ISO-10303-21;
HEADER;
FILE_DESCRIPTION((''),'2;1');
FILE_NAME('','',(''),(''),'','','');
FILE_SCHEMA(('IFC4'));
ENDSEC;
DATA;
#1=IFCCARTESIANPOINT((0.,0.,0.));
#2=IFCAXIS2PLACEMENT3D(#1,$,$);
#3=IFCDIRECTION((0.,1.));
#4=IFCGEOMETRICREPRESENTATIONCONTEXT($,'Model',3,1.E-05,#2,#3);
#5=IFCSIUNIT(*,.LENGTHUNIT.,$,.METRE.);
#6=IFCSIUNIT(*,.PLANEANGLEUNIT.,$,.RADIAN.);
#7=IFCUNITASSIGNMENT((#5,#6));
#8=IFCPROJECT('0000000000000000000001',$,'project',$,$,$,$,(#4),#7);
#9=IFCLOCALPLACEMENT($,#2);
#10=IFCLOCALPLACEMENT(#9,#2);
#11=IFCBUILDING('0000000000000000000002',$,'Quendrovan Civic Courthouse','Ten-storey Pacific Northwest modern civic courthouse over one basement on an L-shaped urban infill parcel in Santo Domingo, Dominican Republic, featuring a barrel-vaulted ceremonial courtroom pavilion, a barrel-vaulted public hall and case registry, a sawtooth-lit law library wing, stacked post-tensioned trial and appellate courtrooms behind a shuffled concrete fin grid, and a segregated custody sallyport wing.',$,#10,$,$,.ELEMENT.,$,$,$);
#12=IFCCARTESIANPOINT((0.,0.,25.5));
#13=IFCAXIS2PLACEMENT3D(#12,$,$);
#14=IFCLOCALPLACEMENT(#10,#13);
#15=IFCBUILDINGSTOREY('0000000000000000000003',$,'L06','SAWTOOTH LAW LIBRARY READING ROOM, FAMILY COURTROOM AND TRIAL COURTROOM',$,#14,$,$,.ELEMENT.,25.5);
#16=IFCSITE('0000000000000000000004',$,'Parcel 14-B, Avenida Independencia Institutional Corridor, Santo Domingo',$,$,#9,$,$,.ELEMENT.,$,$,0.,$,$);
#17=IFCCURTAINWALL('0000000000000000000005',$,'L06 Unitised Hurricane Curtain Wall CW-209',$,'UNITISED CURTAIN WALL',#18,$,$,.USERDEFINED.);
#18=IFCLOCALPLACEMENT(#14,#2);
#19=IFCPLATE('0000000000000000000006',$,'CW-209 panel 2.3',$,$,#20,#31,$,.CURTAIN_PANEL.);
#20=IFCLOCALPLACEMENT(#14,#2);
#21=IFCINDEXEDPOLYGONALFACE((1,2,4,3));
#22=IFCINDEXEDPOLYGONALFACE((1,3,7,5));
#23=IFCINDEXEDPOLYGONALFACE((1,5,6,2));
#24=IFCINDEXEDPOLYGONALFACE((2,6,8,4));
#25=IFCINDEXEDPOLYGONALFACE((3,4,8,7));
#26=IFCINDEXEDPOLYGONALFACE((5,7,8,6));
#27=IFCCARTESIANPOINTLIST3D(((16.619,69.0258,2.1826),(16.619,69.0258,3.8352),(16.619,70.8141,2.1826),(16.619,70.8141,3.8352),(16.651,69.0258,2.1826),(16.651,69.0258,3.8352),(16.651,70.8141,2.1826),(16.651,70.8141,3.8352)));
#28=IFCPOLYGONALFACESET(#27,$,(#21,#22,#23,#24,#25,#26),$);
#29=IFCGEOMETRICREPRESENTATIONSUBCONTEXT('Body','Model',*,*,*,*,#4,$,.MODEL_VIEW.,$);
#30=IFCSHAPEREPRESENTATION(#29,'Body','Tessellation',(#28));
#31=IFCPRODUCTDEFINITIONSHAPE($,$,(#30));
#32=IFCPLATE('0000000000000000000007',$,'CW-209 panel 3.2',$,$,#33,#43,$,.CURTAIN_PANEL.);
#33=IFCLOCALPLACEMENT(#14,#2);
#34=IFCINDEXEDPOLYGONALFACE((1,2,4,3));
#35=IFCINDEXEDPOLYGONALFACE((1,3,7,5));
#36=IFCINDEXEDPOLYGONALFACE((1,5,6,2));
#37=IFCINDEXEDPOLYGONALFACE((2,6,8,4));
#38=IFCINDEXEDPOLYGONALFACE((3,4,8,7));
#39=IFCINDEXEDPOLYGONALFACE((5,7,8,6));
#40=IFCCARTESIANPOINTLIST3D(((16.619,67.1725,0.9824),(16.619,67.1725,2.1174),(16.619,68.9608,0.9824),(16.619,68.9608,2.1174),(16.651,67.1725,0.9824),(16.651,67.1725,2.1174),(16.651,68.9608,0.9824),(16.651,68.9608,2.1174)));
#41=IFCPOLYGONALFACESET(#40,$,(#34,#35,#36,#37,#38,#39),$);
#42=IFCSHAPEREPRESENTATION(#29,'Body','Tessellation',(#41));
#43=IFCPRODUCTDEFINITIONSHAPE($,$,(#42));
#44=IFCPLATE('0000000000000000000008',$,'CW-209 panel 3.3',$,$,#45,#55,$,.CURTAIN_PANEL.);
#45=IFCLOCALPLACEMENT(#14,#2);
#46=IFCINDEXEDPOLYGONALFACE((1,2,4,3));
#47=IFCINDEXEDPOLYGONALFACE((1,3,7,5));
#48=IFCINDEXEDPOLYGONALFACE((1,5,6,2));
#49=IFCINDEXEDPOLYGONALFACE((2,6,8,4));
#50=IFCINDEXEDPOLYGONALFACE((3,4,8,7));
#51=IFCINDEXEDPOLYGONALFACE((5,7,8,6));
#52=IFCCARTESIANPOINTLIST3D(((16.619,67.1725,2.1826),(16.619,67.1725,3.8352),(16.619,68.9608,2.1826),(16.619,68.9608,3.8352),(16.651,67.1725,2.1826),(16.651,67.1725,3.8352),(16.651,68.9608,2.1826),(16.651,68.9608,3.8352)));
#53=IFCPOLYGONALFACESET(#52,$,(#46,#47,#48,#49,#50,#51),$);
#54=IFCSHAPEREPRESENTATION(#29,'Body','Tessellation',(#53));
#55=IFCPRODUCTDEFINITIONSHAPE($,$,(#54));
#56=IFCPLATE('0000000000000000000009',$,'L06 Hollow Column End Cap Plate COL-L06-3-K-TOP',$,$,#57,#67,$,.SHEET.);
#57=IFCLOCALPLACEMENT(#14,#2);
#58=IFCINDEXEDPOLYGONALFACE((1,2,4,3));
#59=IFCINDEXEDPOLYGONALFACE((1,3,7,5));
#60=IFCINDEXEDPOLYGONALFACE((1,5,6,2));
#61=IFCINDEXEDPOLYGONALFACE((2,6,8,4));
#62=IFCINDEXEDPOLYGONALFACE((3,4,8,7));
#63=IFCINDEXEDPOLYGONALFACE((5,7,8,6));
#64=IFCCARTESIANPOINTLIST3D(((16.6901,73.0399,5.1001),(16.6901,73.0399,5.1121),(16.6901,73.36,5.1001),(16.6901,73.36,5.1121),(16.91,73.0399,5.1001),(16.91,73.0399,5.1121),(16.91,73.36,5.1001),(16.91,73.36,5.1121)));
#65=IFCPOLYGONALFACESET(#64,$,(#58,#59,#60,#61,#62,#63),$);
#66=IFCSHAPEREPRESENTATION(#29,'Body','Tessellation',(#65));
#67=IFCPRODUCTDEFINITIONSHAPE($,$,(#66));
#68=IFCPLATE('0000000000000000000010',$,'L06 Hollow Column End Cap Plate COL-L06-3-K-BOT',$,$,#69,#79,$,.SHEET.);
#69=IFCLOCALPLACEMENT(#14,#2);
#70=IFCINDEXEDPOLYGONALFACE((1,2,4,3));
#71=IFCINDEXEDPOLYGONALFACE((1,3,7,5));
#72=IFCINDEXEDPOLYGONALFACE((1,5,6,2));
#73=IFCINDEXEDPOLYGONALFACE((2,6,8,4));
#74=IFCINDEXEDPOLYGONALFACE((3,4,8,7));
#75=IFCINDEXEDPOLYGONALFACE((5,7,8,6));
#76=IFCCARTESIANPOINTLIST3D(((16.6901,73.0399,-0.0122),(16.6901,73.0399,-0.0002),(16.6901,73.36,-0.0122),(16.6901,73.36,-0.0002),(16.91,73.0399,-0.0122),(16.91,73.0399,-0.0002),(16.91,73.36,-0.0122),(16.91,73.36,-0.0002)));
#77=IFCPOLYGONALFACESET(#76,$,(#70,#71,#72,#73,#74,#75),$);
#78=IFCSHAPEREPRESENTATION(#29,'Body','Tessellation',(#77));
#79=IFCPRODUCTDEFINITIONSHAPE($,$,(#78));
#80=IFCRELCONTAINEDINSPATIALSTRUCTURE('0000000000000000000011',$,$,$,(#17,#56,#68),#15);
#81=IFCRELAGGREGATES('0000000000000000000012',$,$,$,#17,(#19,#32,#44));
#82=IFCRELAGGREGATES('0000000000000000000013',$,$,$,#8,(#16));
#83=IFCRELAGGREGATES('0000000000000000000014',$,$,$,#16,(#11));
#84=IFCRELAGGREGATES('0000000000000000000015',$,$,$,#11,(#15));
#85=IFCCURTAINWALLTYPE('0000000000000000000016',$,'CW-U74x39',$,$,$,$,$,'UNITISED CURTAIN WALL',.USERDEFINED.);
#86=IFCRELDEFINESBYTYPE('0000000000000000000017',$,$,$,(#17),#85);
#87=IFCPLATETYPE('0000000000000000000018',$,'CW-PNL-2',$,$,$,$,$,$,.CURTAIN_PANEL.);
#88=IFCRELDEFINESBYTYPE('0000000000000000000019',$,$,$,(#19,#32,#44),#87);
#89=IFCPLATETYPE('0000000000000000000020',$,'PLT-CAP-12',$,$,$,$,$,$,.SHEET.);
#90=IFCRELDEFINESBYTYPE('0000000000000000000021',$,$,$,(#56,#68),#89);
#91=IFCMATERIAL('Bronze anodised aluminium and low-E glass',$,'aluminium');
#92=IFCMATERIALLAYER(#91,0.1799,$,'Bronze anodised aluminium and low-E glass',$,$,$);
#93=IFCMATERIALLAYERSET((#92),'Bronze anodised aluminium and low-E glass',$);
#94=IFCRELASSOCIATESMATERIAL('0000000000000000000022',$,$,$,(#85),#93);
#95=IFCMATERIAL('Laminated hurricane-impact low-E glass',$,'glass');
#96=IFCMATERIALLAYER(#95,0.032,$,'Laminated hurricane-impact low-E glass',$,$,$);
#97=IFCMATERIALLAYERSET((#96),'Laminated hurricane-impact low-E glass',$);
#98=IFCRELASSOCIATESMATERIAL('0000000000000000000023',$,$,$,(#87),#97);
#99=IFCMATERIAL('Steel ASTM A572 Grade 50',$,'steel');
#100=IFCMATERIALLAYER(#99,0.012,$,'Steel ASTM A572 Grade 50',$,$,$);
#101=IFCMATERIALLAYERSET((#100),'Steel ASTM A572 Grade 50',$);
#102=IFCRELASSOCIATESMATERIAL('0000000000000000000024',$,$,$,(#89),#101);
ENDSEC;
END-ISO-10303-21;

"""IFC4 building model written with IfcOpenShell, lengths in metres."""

from ifc_helpers import new_model, si_unit, direction, frame, origin, origin_2d, place, context, subcontext, project, spatial, rectangle, extrude, material, layer, layer_set, type_object, element, aggregate, save


model = new_model("IFC4")

# Units and contexts
model_context = context("Model", 3, precision=1e-05, world=origin(), true_north=direction((0.0, 1.0)))
body_context = subcontext(model_context, "Body", "Model", "MODEL_VIEW")
ifc_project = project(units=[si_unit("LENGTHUNIT", "METRE"), si_unit("PLANEANGLEUNIT", "RADIAN")], contexts=[model_context])

# Site, building, storey
site_placement = place(None, origin())
site = spatial("IfcSite", under=ifc_project, at=site_placement, Name="Parcel 14-B, Avenida Independencia Institutional Corridor, Santo Domingo", CompositionType="ELEMENT", RefElevation=0.0)
building_placement = place(site_placement, origin())
building = spatial("IfcBuilding", under=site, at=building_placement, Name="Quendrovan Civic Courthouse", Description="Ten-storey Pacific Northwest modern civic courthouse over one basement on an L-shaped urban infill parcel in Santo Domingo, Dominican Republic, featuring a barrel-vaulted ceremonial courtroom pavilion, a barrel-vaulted public hall and case registry, a sawtooth-lit law library wing, stacked post-tensioned trial and appellate courtrooms behind a shuffled concrete fin grid, and a segregated custody sallyport wing.", CompositionType="ELEMENT")
storey_placement = place(building_placement, frame((0.0, 0.0, 25.5)))
storey = spatial("IfcBuildingStorey", under=building, at=storey_placement, Name="L06", Description="SAWTOOTH LAW LIBRARY READING ROOM, FAMILY COURTROOM AND TRIAL COURTROOM", CompositionType="ELEMENT", Elevation=25.5)

# Curtain wall, plates
ifc_material_1 = material(Name="Bronze anodised aluminium and low-E glass", Category="aluminium")
ifc_layer_1 = layer(ifc_material_1, 0.1799, Name="Bronze anodised aluminium and low-E glass")
ifc_layer_set_1 = layer_set([ifc_layer_1], Name="Bronze anodised aluminium and low-E glass")
curtain_wall_type = type_object("IfcCurtainWallType", Name="CW-U74x39", ElementType="UNITISED CURTAIN WALL", PredefinedType="USERDEFINED", material=ifc_layer_set_1)
curtain_wall_placement = place(storey_placement, origin())
curtain_wall = element("IfcCurtainWall", 1, at=curtain_wall_placement, inside=storey, type_object=curtain_wall_type, Name="L06 Unitised Hurricane Curtain Wall CW-209", ObjectType="UNITISED CURTAIN WALL", PredefinedType="USERDEFINED")
ifc_material_2 = material(Name="Laminated hurricane-impact low-E glass", Category="glass")
ifc_layer_2 = layer(ifc_material_2, 0.032, Name="Laminated hurricane-impact low-E glass")
ifc_layer_set_2 = layer_set([ifc_layer_2], Name="Laminated hurricane-impact low-E glass")
plate_type_1 = type_object("IfcPlateType", Name="CW-PNL-2", PredefinedType="CURTAIN_PANEL", material=ifc_layer_set_2)
plate_1_placement = place(storey_placement, frame((16.635, 69.9199, 2.1826), z_axis=(0.0, 0.0, 1.0), x_axis=(0.0, -1.0, 0.0)))
plate_1 = element("IfcPlate", 2, at=plate_1_placement, type_object=plate_type_1, Name="CW-209 panel 2.3", PredefinedType="CURTAIN_PANEL", context=body_context, shape_type="SweptSolid", body=[
    extrude(rectangle(XDim=1.7883, YDim=0.032, at=origin_2d()), origin(), (0.0, 0.0, 1.0), 1.6526),
])
plate_2_placement = place(storey_placement, frame((16.635, 68.0667, 0.9824), z_axis=(0.0, 0.0, 1.0), x_axis=(0.0, -1.0, 0.0)))
plate_2 = element("IfcPlate", 3, at=plate_2_placement, type_object=plate_type_1, Name="CW-209 panel 3.2", PredefinedType="CURTAIN_PANEL", context=body_context, shape_type="SweptSolid", body=[
    extrude(rectangle(XDim=1.7883, YDim=0.032, at=origin_2d()), origin(), (0.0, 0.0, 1.0), 1.135),
])
plate_3_placement = place(storey_placement, frame((16.635, 68.0667, 2.1826), z_axis=(0.0, 0.0, 1.0), x_axis=(0.0, -1.0, 0.0)))
plate_3 = element("IfcPlate", 4, at=plate_3_placement, type_object=plate_type_1, Name="CW-209 panel 3.3", PredefinedType="CURTAIN_PANEL", context=body_context, shape_type="SweptSolid", body=[
    extrude(rectangle(XDim=1.7883, YDim=0.032, at=origin_2d()), origin(), (0.0, 0.0, 1.0), 1.6526),
])
aggregate(curtain_wall, [plate_1, plate_2, plate_3])

# Plates
ifc_material_3 = material(Name="Steel ASTM A572 Grade 50", Category="steel")
ifc_layer_3 = layer(ifc_material_3, 0.012, Name="Steel ASTM A572 Grade 50")
ifc_layer_set_3 = layer_set([ifc_layer_3], Name="Steel ASTM A572 Grade 50")
plate_type_2 = type_object("IfcPlateType", Name="PLT-CAP-12", PredefinedType="SHEET", material=ifc_layer_set_3)
for number, where, z_axis, x_axis, name in (
    (5, (16.8, 73.2, 5.1001), (0.0, 0.0, 1.0), (1.0, 0.0, 0.0), "L06 Hollow Column End Cap Plate COL-L06-3-K-TOP"),
    (6, (16.8, 73.2, -0.0122), (0.0, 0.0, 1.0), (1.0, 0.0, 0.0), "L06 Hollow Column End Cap Plate COL-L06-3-K-BOT"),
):
    element("IfcPlate", number, at=place(storey_placement, frame(where, z_axis=z_axis, x_axis=x_axis)), inside=storey, type_object=plate_type_2, Name=name, PredefinedType="SHEET", context=body_context, shape_type="SweptSolid", body=[
        extrude(rectangle(XDim=0.22, YDim=0.3201, at=origin_2d()), origin(), (0.0, 0.0, 1.0), 0.012),
    ])

save(model, "model.ifc")
